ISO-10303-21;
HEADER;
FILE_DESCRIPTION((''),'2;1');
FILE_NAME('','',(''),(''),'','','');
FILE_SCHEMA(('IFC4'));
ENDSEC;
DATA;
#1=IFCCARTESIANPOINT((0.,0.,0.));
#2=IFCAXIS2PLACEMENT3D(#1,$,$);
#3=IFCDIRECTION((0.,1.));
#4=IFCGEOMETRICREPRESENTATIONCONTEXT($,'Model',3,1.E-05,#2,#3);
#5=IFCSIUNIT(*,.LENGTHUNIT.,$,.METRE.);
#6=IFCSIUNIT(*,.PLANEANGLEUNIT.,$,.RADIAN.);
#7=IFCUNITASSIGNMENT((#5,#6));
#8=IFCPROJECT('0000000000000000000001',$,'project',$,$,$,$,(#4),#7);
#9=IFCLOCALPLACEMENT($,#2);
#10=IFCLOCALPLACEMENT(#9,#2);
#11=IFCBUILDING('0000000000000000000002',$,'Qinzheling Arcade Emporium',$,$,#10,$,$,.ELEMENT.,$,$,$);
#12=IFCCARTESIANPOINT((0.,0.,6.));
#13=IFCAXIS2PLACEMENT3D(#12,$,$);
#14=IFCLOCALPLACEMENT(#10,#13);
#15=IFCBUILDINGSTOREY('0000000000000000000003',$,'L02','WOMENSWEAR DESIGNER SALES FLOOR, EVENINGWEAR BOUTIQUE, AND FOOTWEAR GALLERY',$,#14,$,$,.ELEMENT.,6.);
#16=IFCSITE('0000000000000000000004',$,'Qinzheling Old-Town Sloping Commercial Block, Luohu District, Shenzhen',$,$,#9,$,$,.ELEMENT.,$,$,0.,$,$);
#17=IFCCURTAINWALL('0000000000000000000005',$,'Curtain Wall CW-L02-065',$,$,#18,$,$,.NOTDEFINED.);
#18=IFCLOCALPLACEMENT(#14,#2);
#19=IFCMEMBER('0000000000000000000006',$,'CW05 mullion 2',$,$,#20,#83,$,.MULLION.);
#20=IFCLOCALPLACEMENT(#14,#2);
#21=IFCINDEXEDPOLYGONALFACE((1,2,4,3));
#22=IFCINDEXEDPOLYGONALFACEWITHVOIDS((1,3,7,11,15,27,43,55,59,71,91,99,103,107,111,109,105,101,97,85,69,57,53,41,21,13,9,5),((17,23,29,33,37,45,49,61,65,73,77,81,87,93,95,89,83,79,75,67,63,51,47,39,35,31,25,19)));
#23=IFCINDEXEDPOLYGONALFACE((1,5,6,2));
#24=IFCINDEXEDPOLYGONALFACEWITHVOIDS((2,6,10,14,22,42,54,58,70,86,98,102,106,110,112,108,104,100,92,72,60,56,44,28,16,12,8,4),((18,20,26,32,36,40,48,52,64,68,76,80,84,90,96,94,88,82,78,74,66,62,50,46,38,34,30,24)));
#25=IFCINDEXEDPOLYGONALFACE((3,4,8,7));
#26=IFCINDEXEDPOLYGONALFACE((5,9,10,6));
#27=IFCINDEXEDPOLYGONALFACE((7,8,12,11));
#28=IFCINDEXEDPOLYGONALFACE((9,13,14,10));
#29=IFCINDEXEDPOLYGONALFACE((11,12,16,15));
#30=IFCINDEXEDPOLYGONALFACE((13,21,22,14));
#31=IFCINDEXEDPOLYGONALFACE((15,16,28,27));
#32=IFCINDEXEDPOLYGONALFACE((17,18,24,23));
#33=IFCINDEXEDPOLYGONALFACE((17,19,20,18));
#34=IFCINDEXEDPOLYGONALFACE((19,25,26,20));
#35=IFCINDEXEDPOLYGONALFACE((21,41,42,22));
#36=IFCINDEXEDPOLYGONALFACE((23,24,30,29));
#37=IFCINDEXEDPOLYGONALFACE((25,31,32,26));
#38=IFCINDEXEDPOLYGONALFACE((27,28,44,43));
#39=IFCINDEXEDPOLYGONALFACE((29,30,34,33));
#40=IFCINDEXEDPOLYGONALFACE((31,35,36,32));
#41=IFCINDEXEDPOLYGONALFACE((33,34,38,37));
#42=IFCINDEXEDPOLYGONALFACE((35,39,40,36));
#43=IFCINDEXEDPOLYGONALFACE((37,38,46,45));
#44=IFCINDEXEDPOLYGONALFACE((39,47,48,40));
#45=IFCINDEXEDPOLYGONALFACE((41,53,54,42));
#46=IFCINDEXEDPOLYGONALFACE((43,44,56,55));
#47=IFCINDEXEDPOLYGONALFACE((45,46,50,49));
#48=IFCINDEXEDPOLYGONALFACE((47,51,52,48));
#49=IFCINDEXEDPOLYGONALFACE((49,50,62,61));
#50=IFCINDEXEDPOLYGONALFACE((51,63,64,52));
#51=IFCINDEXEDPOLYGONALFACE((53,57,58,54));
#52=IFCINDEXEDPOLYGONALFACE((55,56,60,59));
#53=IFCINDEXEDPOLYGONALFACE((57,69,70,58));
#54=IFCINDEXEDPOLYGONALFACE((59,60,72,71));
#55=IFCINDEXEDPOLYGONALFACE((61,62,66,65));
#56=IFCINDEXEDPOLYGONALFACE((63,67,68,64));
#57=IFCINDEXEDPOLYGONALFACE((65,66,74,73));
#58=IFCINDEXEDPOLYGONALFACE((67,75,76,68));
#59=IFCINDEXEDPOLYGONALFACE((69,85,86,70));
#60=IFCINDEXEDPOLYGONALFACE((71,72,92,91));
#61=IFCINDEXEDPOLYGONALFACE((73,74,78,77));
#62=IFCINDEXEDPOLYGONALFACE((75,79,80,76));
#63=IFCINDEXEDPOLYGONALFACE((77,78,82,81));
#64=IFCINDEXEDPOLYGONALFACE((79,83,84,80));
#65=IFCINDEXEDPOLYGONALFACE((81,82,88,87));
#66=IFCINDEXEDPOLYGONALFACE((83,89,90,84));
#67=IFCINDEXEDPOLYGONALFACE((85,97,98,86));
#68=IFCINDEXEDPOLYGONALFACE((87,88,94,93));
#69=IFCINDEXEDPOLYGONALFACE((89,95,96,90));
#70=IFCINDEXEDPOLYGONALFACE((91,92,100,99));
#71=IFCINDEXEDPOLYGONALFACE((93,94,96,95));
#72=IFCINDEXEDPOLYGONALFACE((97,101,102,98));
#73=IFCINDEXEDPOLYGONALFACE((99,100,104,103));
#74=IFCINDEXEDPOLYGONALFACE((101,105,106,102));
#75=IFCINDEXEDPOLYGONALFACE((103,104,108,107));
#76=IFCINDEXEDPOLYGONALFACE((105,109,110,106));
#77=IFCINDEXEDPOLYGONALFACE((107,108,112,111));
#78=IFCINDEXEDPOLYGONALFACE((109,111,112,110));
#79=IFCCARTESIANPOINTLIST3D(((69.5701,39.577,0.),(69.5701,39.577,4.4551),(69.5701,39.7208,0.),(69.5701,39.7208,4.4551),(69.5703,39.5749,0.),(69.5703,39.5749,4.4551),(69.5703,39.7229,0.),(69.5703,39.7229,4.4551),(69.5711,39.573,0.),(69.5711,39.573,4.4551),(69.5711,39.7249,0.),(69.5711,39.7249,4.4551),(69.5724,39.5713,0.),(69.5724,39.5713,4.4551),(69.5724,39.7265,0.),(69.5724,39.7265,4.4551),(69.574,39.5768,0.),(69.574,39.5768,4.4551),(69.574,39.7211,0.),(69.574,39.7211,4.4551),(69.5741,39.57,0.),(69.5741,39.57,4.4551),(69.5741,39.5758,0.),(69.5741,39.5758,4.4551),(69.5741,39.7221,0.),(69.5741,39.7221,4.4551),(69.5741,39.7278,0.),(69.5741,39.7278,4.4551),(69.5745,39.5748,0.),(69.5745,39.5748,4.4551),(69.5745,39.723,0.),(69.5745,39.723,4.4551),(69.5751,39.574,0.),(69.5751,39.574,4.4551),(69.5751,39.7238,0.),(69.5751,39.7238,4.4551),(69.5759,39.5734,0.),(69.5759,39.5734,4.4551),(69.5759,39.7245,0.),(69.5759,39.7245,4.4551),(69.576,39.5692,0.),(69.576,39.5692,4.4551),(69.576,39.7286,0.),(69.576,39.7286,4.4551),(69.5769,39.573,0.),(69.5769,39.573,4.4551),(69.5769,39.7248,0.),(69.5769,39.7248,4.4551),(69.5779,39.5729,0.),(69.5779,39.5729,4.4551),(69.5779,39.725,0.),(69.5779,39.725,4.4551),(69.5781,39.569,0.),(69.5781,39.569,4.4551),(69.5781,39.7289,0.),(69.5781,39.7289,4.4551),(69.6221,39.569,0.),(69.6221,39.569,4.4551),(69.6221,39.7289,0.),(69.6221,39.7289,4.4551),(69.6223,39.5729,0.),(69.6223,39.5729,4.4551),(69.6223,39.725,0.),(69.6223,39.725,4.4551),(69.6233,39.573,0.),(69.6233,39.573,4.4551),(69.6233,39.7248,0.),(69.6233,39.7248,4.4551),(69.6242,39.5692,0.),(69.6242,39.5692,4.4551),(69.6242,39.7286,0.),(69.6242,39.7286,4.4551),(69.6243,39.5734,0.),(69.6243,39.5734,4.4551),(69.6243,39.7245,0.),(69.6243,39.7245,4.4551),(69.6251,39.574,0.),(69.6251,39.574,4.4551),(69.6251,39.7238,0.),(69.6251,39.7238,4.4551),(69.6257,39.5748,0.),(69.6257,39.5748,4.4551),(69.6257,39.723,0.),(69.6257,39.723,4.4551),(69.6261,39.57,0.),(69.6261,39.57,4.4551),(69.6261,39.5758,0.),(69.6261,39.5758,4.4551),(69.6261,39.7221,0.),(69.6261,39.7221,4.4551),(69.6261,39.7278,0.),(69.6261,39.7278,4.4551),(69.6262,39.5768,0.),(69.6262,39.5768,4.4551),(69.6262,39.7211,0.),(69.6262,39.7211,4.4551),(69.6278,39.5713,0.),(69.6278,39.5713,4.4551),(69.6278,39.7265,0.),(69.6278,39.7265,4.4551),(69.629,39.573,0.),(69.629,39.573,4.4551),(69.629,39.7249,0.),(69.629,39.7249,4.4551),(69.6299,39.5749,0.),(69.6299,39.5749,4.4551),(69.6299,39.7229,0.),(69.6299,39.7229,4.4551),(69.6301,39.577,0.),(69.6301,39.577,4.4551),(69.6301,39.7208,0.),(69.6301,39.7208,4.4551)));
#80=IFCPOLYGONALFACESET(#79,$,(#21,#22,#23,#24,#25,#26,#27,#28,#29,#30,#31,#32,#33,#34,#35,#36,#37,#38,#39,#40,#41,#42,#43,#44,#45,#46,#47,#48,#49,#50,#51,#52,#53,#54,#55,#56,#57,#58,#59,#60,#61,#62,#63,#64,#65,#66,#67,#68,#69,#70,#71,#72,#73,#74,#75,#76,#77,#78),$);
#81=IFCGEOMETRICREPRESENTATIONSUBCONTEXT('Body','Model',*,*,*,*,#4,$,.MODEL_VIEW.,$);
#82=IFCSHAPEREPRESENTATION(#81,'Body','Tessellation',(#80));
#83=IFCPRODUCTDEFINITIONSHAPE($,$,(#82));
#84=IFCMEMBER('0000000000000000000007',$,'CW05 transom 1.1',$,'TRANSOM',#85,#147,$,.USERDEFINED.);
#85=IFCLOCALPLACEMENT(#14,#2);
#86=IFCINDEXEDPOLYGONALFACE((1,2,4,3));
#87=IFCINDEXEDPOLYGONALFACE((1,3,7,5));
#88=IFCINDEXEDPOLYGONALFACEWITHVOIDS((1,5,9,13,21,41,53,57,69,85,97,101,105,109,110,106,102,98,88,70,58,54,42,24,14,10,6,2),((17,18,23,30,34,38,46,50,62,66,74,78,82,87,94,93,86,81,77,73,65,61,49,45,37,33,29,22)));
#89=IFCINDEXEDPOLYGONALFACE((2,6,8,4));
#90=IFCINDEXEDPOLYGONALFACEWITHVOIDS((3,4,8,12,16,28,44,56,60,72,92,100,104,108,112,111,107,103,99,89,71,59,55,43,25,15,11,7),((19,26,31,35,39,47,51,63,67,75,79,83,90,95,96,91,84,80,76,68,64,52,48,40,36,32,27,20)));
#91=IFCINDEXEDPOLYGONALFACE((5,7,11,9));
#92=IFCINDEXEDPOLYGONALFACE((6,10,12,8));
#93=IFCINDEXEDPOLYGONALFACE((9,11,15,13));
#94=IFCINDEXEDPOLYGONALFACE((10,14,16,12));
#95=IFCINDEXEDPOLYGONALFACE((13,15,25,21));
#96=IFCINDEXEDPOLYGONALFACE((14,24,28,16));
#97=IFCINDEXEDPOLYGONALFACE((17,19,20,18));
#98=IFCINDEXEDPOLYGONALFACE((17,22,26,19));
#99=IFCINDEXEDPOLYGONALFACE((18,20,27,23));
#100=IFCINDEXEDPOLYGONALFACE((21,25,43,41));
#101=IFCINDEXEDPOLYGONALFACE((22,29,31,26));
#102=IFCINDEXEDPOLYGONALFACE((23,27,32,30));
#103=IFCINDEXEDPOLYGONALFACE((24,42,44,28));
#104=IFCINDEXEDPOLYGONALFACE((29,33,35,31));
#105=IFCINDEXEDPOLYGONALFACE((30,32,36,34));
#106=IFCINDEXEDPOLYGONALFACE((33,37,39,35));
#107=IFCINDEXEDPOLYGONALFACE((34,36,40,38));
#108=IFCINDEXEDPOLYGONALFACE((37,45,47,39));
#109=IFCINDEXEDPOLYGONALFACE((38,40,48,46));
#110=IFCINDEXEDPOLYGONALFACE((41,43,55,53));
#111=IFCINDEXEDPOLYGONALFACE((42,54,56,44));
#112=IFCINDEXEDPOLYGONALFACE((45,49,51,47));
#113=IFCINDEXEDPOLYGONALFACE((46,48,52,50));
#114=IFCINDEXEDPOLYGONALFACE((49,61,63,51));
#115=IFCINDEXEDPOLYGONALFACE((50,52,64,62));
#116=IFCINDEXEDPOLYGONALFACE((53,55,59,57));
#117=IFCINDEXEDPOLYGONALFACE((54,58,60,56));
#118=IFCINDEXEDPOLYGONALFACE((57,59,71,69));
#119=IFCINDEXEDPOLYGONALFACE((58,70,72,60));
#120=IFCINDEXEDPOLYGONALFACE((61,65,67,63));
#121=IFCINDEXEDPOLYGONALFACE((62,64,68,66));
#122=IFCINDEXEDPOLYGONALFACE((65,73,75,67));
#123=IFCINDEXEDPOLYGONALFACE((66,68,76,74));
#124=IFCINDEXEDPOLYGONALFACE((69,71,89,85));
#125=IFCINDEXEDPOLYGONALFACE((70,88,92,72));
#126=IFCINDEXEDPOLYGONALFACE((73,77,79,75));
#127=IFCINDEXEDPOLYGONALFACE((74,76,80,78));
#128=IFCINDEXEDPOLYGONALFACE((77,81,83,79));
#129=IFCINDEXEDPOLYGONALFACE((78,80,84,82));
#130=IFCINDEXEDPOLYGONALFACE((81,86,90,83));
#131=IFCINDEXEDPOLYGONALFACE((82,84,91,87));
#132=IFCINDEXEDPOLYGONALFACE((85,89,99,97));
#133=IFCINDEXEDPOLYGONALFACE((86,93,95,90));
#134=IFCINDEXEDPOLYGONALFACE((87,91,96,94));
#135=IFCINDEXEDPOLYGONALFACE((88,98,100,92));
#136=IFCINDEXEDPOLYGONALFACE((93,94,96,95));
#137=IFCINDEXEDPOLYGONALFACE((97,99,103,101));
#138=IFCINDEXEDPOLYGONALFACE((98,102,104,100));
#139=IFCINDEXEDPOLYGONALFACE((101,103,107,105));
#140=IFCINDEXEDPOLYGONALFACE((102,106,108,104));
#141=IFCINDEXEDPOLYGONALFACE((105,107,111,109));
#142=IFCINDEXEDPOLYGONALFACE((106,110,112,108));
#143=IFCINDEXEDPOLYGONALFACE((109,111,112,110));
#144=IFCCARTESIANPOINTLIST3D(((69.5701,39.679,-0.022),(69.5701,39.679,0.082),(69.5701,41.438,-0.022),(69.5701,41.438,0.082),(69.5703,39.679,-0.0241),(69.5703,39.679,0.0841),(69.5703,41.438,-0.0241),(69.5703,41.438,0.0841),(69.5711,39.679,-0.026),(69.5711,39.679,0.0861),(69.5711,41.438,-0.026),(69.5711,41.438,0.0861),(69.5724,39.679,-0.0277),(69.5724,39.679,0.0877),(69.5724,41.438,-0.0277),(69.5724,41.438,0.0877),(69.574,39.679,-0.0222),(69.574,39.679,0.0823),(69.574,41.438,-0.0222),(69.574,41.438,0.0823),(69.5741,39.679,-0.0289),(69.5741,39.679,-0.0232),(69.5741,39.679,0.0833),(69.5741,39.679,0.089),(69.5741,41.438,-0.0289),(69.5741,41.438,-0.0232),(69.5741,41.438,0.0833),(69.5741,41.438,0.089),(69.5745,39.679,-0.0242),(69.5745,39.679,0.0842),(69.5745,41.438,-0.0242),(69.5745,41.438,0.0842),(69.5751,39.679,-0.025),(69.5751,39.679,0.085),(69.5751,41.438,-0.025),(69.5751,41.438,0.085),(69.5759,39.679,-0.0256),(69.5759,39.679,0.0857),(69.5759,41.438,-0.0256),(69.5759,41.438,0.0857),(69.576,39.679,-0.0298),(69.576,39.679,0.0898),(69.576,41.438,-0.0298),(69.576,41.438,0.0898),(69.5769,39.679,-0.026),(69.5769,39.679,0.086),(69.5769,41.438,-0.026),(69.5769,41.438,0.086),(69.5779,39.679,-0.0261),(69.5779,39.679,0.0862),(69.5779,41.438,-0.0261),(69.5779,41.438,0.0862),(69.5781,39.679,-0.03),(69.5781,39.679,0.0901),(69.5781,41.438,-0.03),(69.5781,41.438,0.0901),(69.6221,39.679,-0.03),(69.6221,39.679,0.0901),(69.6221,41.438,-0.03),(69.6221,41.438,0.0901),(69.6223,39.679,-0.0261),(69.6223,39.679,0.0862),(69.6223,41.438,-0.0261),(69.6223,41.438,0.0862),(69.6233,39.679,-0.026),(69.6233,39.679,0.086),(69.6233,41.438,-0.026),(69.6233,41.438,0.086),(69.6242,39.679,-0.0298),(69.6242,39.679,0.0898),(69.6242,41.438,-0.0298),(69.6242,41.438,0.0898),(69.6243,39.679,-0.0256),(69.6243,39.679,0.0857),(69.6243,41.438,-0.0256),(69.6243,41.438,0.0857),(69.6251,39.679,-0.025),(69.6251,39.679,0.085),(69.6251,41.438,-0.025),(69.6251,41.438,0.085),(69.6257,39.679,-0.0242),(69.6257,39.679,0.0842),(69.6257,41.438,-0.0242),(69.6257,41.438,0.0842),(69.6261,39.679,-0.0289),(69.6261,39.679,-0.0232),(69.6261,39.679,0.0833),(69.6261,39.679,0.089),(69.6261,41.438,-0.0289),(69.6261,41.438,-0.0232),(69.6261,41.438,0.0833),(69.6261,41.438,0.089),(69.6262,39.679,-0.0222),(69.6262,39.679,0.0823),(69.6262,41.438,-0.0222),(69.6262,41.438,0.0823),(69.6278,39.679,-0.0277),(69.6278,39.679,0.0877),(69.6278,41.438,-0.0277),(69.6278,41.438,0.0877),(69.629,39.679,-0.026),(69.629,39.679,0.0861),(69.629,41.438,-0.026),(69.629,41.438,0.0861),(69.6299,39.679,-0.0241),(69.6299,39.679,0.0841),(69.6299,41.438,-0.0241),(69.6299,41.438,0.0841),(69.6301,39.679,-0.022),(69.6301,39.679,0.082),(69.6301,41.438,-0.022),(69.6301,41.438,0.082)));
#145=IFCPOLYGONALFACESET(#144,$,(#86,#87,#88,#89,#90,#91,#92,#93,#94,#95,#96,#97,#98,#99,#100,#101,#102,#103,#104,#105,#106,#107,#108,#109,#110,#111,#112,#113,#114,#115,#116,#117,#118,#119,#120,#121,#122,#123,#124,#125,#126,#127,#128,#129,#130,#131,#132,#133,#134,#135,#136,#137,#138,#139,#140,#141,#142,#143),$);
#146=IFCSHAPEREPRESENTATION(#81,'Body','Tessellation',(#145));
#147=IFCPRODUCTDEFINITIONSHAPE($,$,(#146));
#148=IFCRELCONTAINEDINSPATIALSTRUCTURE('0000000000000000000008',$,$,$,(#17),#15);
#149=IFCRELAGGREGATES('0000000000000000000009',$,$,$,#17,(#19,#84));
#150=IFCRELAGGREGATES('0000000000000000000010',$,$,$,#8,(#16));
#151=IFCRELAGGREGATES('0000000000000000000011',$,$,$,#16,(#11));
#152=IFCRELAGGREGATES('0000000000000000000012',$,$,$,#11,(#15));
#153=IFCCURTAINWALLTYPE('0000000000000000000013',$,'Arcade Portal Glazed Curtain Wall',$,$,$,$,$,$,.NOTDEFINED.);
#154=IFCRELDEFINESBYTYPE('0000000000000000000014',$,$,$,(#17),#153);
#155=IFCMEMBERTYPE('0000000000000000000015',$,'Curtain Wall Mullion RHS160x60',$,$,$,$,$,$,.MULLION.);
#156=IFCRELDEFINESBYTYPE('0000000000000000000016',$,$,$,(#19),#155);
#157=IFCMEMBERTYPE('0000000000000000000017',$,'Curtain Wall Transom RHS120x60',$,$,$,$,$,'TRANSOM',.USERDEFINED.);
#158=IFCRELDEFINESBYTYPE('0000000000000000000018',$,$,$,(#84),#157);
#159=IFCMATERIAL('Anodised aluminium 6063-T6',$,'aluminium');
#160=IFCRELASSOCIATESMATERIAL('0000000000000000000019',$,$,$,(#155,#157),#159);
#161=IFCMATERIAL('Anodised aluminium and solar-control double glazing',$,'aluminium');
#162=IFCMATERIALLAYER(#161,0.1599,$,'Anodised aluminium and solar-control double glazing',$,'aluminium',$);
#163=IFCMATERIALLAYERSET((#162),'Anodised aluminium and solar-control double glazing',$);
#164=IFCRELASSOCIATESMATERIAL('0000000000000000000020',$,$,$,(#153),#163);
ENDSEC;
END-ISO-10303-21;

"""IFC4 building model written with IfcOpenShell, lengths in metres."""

from ifc_helpers import new_model, si_unit, direction, frame, origin, origin_2d, place, context, subcontext, project, spatial, hollow_rectangle, extrude, material, layer, layer_set, material_profile, profile_set, type_object, element, aggregate, save


model = new_model("IFC4")

# Units and contexts
model_context = context("Model", 3, precision=1e-05, world=origin(), true_north=direction((0.0, 1.0)))
body_context = subcontext(model_context, "Body", "Model", "MODEL_VIEW")
ifc_project = project(units=[si_unit("LENGTHUNIT", "METRE"), si_unit("PLANEANGLEUNIT", "RADIAN")], contexts=[model_context])

# Site, building, storey
site_placement = place(None, origin())
site = spatial("IfcSite", under=ifc_project, at=site_placement, Name="Qinzheling Old-Town Sloping Commercial Block, Luohu District, Shenzhen", CompositionType="ELEMENT", RefElevation=0.0)
building_placement = place(site_placement, origin())
building = spatial("IfcBuilding", under=site, at=building_placement, Name="Qinzheling Arcade Emporium", CompositionType="ELEMENT")
storey_placement = place(building_placement, frame((0.0, 0.0, 6.0)))
storey = spatial("IfcBuildingStorey", under=building, at=storey_placement, Name="L02", Description="WOMENSWEAR DESIGNER SALES FLOOR, EVENINGWEAR BOUTIQUE, AND FOOTWEAR GALLERY", CompositionType="ELEMENT", Elevation=6.0)

# Shared definitions
ifc_material_1 = material(Name="Anodised aluminium and solar-control double glazing", Category="aluminium")
ifc_material_2 = material(Name="Anodised aluminium 6063-T6", Category="aluminium")
ifc_material_profile_1 = material_profile(ifc_material_2, hollow_rectangle(XDim=0.0601, YDim=0.1599, WallThickness=0.0039, InnerFilletRadius=0.0039, OuterFilletRadius=0.0081, at=origin_2d()), Name="RHS 160x60x4", Category="aluminium")
ifc_profile_set_1 = profile_set([ifc_material_profile_1], Name="Anodised aluminium 6063-T6")
member_type_1 = type_object("IfcMemberType", Name="Curtain Wall Mullion RHS160x60", PredefinedType="MULLION", material=ifc_profile_set_1)

# Curtain wall, members
ifc_layer_1 = layer(ifc_material_1, 0.1599, Name="Anodised aluminium and solar-control double glazing", Category="aluminium")
ifc_layer_set_1 = layer_set([ifc_layer_1], Name="Anodised aluminium and solar-control double glazing")
curtain_wall_type_1 = type_object("IfcCurtainWallType", Name="Arcade Portal Glazed Curtain Wall", PredefinedType="NOTDEFINED", material=ifc_layer_set_1)
curtain_wall_1_placement = place(storey_placement, origin())
curtain_wall_1 = element("IfcCurtainWall", 1, at=curtain_wall_1_placement, inside=storey, type_object=curtain_wall_type_1, Name="Curtain Wall CW-L02-065", PredefinedType="NOTDEFINED")
member_1_placement = place(storey_placement, frame((69.6001, 39.6489, 0.0), z_axis=(0.0, 0.0, 1.0), x_axis=(1.0, 0.0, 0.0)))
member_1 = element("IfcMember", 2, at=member_1_placement, type_object=member_type_1, Name="CW05 mullion 2", PredefinedType="MULLION", context=body_context, shape_type="SweptSolid", body=[
    extrude(hollow_rectangle(XDim=0.0601, YDim=0.1599, WallThickness=0.0039, InnerFilletRadius=0.0039, OuterFilletRadius=0.0081, at=origin_2d()), origin(), (0.0, 0.0, 1.0), 4.4551),
])
ifc_material_profile_2 = material_profile(ifc_material_2, hollow_rectangle(XDim=0.0601, YDim=0.1201, WallThickness=0.0039, InnerFilletRadius=0.0039, OuterFilletRadius=0.0081, at=origin_2d()), Name="RHS 120x60x4", Category="aluminium")
ifc_profile_set_2 = profile_set([ifc_material_profile_2], Name="Anodised aluminium 6063-T6")
member_type_2 = type_object("IfcMemberType", Name="Curtain Wall Transom RHS120x60", ElementType="TRANSOM", PredefinedType="USERDEFINED", material=ifc_profile_set_2)
member_2_placement = place(storey_placement, frame((69.6001, 41.438, 0.03), z_axis=(0.0, -1.0, 0.0), x_axis=(1.0, 0.0, 0.0)))
member_2 = element("IfcMember", 3, at=member_2_placement, type_object=member_type_2, Name="CW05 transom 1.1", ObjectType="TRANSOM", PredefinedType="USERDEFINED", context=body_context, shape_type="SweptSolid", body=[
    extrude(hollow_rectangle(XDim=0.0601, YDim=0.1201, WallThickness=0.0039, InnerFilletRadius=0.0039, OuterFilletRadius=0.0081, at=origin_2d()), origin(), (0.0, 0.0, 1.0), 1.759),
])

aggregate(curtain_wall_1, [member_1, member_2])

save(model, "model.ifc")
